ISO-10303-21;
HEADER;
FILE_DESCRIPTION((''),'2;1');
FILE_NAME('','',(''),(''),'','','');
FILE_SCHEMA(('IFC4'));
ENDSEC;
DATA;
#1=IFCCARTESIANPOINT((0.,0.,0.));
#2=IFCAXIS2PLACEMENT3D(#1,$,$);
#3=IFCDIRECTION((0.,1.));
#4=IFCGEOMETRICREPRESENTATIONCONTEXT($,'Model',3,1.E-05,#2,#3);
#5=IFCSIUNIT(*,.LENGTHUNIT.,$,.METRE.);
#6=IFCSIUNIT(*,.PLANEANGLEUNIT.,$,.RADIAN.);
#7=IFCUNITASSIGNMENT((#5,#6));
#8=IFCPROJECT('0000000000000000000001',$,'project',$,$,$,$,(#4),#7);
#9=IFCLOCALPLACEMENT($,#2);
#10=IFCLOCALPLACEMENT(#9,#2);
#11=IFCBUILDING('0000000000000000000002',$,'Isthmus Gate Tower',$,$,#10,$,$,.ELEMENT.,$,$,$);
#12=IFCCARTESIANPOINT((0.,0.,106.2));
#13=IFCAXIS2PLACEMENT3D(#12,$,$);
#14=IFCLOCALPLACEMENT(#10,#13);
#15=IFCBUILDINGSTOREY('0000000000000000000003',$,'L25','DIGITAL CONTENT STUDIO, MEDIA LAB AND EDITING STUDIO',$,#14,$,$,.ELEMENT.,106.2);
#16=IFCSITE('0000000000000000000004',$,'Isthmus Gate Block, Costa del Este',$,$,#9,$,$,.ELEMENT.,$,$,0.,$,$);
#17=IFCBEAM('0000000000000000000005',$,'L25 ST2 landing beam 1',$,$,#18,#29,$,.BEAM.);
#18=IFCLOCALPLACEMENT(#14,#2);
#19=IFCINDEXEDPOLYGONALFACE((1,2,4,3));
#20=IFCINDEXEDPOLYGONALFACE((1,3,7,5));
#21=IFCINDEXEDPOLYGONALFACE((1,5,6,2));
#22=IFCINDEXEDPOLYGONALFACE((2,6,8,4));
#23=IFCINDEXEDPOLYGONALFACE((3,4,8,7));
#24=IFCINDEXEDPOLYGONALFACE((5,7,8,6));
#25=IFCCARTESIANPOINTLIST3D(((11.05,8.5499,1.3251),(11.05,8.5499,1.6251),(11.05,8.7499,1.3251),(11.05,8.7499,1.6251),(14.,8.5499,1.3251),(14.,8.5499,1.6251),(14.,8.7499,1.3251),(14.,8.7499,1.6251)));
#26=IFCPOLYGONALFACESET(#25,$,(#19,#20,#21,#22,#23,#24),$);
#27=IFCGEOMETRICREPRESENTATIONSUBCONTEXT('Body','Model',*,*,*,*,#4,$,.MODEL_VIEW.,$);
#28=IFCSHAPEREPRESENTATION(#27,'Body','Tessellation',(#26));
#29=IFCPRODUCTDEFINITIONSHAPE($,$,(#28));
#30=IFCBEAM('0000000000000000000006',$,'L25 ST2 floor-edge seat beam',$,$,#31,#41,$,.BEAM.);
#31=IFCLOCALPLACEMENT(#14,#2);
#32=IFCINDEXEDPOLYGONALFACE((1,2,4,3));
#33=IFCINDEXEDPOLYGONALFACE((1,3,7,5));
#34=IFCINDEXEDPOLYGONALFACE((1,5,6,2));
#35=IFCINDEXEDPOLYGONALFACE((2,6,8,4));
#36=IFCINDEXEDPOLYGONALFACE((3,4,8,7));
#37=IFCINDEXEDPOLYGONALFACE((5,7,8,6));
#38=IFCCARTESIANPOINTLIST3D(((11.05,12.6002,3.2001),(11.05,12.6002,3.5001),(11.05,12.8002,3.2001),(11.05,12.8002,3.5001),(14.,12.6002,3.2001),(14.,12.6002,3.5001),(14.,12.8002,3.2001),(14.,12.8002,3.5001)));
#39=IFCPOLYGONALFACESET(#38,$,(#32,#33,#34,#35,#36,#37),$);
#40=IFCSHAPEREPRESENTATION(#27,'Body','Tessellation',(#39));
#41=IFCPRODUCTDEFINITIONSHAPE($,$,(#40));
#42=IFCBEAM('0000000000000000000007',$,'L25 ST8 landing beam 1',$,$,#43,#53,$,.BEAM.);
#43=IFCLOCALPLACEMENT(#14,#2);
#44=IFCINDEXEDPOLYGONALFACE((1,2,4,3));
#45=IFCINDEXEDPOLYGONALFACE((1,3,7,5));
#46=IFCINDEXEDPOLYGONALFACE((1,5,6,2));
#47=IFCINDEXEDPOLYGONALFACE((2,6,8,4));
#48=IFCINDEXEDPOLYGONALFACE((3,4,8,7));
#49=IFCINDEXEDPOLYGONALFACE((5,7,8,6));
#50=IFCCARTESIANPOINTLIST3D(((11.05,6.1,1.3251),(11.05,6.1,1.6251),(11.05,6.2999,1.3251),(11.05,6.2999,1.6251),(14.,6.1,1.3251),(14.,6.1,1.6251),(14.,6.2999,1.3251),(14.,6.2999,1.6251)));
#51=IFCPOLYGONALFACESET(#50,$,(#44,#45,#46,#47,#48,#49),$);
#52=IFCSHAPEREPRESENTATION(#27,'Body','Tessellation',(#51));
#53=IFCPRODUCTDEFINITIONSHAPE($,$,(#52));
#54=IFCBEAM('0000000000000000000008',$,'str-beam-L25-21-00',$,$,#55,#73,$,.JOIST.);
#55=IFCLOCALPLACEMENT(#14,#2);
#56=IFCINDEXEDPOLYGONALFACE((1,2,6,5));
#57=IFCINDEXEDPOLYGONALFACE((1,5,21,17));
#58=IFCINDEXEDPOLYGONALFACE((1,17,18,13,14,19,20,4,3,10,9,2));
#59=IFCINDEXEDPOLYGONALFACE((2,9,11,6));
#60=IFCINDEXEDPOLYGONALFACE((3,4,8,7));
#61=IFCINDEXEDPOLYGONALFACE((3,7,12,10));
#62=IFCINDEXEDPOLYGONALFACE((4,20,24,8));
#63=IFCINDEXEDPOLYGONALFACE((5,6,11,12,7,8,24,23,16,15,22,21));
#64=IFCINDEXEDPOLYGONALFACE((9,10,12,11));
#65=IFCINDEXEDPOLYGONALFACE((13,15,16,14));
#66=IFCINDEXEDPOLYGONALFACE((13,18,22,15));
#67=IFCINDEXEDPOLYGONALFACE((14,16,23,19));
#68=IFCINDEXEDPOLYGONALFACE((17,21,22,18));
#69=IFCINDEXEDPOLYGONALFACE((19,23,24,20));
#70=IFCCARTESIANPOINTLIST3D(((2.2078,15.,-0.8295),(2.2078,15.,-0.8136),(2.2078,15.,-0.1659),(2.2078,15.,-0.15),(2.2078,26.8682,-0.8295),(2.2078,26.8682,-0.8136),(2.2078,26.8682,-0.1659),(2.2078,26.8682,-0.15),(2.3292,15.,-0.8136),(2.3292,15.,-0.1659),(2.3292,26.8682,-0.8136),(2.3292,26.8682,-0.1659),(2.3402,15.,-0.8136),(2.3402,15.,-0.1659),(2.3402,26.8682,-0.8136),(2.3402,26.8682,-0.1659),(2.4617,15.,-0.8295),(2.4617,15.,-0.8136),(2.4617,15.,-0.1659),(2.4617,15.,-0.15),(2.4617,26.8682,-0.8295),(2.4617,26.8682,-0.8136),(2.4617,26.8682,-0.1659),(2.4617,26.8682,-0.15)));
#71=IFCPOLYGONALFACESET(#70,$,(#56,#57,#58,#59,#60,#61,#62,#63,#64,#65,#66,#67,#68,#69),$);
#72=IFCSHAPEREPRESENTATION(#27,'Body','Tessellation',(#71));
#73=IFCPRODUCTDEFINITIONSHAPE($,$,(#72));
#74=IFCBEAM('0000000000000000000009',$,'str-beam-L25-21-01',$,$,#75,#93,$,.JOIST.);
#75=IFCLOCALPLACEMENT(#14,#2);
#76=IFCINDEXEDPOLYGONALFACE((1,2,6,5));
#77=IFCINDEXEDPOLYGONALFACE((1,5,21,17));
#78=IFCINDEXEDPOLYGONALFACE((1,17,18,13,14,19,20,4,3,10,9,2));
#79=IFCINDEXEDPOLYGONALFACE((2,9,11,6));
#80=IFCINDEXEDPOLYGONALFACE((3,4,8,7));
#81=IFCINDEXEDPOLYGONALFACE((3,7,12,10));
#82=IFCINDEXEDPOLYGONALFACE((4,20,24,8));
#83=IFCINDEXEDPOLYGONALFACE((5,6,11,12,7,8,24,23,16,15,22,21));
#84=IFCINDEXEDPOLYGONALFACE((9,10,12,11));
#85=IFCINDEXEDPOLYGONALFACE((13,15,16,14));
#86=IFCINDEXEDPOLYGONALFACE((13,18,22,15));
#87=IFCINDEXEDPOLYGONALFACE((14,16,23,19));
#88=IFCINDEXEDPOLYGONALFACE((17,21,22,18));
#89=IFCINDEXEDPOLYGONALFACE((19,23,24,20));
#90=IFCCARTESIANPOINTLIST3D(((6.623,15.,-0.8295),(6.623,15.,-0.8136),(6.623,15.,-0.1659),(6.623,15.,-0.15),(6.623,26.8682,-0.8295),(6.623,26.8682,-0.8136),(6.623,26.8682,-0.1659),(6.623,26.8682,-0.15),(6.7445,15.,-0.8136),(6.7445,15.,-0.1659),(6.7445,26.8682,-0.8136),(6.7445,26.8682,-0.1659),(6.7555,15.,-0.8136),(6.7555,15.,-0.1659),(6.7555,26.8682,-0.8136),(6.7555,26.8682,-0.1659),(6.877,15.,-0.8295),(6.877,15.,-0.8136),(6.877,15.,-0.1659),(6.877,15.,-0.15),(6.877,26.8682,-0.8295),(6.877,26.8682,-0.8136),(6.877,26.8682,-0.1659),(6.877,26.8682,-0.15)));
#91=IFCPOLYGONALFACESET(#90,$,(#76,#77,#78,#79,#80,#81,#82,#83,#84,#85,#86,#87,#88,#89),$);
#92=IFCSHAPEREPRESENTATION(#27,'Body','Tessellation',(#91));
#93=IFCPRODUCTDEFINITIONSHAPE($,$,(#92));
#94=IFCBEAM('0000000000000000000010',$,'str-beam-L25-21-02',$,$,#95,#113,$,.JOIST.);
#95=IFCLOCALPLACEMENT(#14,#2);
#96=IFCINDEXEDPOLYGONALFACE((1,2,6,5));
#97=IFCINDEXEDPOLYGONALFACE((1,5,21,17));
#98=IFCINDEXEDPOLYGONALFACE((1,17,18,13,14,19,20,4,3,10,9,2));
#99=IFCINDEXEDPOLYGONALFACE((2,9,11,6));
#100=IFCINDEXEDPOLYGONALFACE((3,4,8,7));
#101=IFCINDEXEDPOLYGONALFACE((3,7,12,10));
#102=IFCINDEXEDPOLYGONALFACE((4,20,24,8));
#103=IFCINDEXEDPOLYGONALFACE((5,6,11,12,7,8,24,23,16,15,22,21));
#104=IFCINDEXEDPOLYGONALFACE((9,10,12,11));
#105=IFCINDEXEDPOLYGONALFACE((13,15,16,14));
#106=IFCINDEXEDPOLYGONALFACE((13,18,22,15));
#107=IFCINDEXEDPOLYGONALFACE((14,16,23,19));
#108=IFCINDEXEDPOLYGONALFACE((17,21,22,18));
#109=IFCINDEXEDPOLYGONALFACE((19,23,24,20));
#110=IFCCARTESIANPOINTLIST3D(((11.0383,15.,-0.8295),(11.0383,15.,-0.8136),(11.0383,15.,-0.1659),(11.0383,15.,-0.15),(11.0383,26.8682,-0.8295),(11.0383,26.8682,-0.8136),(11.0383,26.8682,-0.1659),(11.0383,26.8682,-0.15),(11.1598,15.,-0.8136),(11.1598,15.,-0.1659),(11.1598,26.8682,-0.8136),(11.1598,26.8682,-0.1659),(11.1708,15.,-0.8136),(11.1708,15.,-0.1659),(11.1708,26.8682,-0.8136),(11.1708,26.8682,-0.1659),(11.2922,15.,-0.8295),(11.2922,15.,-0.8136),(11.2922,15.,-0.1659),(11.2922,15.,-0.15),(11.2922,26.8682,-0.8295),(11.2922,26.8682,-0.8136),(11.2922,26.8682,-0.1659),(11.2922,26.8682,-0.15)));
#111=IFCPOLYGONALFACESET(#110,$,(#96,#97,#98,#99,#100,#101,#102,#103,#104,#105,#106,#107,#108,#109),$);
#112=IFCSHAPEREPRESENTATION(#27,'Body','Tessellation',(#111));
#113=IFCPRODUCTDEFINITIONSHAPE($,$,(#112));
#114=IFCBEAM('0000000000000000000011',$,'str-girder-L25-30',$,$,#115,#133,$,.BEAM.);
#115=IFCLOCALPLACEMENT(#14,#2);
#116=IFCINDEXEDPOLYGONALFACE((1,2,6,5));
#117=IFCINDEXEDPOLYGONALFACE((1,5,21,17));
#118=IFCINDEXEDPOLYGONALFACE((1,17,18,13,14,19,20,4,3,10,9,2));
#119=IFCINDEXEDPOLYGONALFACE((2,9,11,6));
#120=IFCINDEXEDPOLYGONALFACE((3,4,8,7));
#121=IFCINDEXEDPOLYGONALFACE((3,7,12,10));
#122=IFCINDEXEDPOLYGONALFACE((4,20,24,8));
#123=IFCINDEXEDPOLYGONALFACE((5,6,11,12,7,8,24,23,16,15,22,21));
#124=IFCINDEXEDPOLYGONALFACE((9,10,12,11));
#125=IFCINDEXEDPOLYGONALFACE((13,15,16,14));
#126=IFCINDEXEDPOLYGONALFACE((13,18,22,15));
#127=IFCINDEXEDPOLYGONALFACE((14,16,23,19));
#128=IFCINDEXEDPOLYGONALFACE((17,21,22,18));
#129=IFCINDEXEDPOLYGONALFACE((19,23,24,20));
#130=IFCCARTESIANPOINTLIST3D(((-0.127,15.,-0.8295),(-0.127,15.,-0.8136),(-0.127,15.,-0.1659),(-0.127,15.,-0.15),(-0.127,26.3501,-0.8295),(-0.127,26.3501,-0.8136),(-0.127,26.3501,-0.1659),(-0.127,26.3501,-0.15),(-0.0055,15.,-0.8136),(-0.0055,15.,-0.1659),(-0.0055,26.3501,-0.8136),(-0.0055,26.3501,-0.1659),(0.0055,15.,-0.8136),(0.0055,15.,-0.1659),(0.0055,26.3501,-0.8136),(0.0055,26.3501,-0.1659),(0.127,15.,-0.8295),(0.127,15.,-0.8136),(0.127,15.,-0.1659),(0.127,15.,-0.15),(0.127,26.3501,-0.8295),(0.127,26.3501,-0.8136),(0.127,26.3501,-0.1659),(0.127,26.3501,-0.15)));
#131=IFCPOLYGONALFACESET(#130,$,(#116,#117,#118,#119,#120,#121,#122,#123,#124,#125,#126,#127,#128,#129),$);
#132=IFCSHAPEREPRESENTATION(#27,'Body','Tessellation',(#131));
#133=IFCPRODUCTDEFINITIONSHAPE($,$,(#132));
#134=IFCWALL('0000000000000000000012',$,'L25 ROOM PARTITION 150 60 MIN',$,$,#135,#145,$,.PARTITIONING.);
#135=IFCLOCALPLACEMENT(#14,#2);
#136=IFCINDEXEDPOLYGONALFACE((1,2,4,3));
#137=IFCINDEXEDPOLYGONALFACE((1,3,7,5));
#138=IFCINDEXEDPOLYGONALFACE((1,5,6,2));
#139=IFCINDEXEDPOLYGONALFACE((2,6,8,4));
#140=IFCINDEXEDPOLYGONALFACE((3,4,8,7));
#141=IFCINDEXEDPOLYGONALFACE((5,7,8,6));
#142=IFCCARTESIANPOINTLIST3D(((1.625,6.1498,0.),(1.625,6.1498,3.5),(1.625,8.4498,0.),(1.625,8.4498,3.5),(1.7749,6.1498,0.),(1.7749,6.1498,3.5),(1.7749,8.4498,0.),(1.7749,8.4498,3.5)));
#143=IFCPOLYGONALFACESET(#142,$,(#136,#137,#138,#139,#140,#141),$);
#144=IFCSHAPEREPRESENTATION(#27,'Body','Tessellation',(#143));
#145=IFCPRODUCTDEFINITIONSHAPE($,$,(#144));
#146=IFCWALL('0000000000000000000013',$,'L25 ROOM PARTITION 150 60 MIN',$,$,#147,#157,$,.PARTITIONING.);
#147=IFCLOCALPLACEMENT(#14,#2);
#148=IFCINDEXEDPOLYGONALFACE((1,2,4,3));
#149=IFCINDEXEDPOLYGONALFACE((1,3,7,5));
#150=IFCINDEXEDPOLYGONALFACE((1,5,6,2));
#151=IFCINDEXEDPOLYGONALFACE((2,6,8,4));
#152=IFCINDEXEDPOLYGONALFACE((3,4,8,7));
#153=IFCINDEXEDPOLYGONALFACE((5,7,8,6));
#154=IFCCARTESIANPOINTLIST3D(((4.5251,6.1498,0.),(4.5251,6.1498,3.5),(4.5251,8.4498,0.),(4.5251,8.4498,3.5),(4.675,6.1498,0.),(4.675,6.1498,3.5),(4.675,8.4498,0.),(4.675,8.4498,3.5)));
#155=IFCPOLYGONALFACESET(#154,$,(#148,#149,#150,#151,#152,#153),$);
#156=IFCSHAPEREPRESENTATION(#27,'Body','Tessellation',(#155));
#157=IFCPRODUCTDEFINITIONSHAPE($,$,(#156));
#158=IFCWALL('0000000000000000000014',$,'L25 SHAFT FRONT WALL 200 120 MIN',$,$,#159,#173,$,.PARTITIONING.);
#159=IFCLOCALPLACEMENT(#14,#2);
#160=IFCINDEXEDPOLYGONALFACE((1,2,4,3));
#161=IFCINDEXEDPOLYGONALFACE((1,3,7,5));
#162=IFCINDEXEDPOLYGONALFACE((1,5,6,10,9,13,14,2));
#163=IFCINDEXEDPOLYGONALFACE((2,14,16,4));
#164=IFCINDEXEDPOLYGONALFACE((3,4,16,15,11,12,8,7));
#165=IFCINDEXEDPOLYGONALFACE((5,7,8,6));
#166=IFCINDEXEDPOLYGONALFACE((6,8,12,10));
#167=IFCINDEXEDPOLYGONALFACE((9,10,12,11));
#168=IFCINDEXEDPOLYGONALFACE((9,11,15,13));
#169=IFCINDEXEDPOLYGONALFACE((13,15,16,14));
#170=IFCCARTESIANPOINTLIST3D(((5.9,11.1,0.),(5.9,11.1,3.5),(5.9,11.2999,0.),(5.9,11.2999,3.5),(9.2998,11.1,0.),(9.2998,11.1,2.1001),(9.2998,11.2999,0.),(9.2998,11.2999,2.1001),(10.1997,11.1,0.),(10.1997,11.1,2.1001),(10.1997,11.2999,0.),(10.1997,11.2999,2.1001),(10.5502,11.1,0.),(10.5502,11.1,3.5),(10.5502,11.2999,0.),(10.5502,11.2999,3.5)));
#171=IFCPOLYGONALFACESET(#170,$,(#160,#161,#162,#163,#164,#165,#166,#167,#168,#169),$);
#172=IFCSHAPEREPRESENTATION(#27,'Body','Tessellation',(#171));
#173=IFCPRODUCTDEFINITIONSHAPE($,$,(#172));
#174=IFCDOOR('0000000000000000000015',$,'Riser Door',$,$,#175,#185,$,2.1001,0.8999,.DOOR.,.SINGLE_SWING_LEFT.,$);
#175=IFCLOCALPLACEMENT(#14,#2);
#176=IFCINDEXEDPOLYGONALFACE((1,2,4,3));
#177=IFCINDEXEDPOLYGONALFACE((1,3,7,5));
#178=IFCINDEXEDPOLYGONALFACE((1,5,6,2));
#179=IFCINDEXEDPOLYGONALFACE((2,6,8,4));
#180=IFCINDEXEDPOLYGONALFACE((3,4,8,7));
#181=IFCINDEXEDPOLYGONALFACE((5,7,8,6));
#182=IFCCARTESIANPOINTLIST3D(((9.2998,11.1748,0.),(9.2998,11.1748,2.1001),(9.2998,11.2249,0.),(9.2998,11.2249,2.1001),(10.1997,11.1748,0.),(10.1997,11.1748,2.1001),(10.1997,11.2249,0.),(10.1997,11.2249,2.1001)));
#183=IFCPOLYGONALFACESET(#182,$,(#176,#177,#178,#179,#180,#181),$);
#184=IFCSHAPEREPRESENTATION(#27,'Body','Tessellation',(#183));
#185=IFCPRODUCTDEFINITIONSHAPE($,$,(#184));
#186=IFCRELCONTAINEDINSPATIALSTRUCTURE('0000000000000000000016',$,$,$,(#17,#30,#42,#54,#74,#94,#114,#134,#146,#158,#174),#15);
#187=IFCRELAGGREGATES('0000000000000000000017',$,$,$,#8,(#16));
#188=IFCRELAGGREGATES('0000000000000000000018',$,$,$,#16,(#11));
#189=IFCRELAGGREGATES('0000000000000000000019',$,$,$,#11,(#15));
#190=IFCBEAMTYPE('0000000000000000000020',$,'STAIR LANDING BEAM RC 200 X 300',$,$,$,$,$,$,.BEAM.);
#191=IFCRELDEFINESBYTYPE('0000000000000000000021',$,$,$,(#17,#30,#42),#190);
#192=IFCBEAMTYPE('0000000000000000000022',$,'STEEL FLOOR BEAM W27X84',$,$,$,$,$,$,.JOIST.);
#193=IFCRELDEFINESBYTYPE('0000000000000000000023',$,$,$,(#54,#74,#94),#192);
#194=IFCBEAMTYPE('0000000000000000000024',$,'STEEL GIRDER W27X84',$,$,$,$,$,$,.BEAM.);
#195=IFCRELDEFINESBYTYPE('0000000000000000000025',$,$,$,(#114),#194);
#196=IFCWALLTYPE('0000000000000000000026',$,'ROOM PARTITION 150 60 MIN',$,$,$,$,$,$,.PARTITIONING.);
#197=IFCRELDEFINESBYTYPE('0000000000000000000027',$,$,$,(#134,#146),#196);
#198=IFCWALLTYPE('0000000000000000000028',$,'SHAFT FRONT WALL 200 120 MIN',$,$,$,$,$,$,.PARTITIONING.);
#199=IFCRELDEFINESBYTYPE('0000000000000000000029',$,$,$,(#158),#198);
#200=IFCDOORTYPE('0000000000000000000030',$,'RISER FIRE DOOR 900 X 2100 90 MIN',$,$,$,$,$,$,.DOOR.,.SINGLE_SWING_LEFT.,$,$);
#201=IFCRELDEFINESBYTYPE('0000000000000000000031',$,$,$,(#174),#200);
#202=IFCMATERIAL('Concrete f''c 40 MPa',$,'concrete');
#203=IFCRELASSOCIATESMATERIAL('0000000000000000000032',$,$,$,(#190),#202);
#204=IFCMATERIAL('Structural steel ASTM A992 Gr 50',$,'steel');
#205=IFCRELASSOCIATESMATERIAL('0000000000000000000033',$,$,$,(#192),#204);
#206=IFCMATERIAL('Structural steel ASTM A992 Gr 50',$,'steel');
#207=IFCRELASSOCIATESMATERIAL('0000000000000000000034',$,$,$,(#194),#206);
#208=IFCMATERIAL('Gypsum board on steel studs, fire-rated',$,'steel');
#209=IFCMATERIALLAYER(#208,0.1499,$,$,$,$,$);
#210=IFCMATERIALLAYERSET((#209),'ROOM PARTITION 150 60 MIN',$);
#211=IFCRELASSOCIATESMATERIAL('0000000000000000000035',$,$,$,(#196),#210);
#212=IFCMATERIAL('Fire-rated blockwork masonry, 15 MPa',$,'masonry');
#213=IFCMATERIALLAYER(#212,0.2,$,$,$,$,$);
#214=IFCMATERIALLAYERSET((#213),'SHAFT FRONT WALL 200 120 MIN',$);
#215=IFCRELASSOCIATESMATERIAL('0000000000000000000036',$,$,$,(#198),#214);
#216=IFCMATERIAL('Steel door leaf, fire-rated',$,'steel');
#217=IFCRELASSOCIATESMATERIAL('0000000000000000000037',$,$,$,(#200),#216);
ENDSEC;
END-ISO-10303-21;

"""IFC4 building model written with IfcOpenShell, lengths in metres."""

from ifc_helpers import new_model, si_unit, direction, frame, frame_2d, origin, origin_2d, place, context, subcontext, project, spatial, rectangle, i_section, extrude, material, layer, layer_set, material_profile, profile_set, type_object, element, fill, save


model = new_model("IFC4")

# Units and contexts
model_context = context("Model", 3, precision=1e-05, world=origin(), true_north=direction((0.0, 1.0)))
body_context = subcontext(model_context, "Body", "Model", "MODEL_VIEW")
ifc_project = project(units=[si_unit("LENGTHUNIT", "METRE"), si_unit("PLANEANGLEUNIT", "RADIAN")], contexts=[model_context])

# Site, building, storey
site_placement = place(None, origin())
site = spatial("IfcSite", under=ifc_project, at=site_placement, Name="Isthmus Gate Block, Costa del Este", CompositionType="ELEMENT", RefElevation=0.0)
building_placement = place(site_placement, origin())
building = spatial("IfcBuilding", under=site, at=building_placement, Name="Isthmus Gate Tower", CompositionType="ELEMENT")
storey_placement = place(building_placement, frame((0.0, 0.0, 106.2)))
storey = spatial("IfcBuildingStorey", under=building, at=storey_placement, Name="L25", Description="DIGITAL CONTENT STUDIO, MEDIA LAB AND EDITING STUDIO", CompositionType="ELEMENT", Elevation=106.2)

# Beams
ifc_material_1 = material(Name="Concrete f'c 40 MPa", Category="concrete")
ifc_material_profile_1 = material_profile(ifc_material_1, rectangle(XDim=0.2, YDim=0.3, at=origin_2d()), Name="STAIR LANDING BEAM RC 200 X 300")
ifc_profile_set_1 = profile_set([ifc_material_profile_1], Name="Concrete f'c 40 MPa")
beam_type_1 = type_object("IfcBeamType", Name="STAIR LANDING BEAM RC 200 X 300", PredefinedType="BEAM", material=ifc_profile_set_1)
for number, where, z_axis, x_axis, name in (
    (1, (11.05, 8.6499, 1.4751), (1.0, 0.0, 0.0), (0.0, 1.0, 0.0), "L25 ST2 landing beam 1"),
    (2, (11.05, 12.7002, 3.3501), (1.0, 0.0, 0.0), (0.0, 1.0, 0.0), "L25 ST2 floor-edge seat beam"),
    (3, (11.05, 6.2, 1.4751), (1.0, 0.0, 0.0), (0.0, 1.0, 0.0), "L25 ST8 landing beam 1"),
):
    element("IfcBeam", number, at=place(storey_placement, frame(where, z_axis=z_axis, x_axis=x_axis)), inside=storey, type_object=beam_type_1, Name=name, PredefinedType="BEAM", context=body_context, shape_type="SweptSolid", body=[
        extrude(rectangle(XDim=0.2, YDim=0.3, at=origin_2d()), origin(), (0.0, 0.0, 1.0), 2.95),
    ])
ifc_material_2 = material(Name="Structural steel ASTM A992 Gr 50", Category="steel")
ifc_material_profile_2 = material_profile(ifc_material_2, i_section(OverallWidth=0.2539, OverallDepth=0.6794, WebThickness=0.011, FlangeThickness=0.0159, at=origin_2d()), Name="W27X84")
ifc_profile_set_2 = profile_set([ifc_material_profile_2], Name="Structural steel ASTM A992 Gr 50")
beam_type_2 = type_object("IfcBeamType", Name="STEEL FLOOR BEAM W27X84", PredefinedType="JOIST", material=ifc_profile_set_2)
for number, where, z_axis, x_axis, name in (
    (4, (2.3347, 15.0, -0.4897), (0.0, 1.0, 0.0), (-1.0, 0.0, 0.0), "str-beam-L25-21-00"),
    (5, (6.75, 15.0, -0.4897), (0.0, 1.0, 0.0), (-1.0, 0.0, 0.0), "str-beam-L25-21-01"),
    (6, (11.1653, 15.0, -0.4897), (0.0, 1.0, 0.0), (-1.0, 0.0, 0.0), "str-beam-L25-21-02"),
):
    element("IfcBeam", number, at=place(storey_placement, frame(where, z_axis=z_axis, x_axis=x_axis)), inside=storey, type_object=beam_type_2, Name=name, PredefinedType="JOIST", context=body_context, shape_type="SweptSolid", body=[
        extrude(i_section(OverallWidth=0.2539, OverallDepth=0.6794, WebThickness=0.011, FlangeThickness=0.0159, at=origin_2d()), origin(), (0.0, 0.0, 1.0), 11.8682),
    ])
ifc_material_3 = material(Name="Structural steel ASTM A992 Gr 50", Category="steel")
ifc_material_profile_3 = material_profile(ifc_material_3, i_section(OverallWidth=0.2539, OverallDepth=0.6794, WebThickness=0.011, FlangeThickness=0.0159, at=origin_2d()), Name="W27X84")
ifc_profile_set_3 = profile_set([ifc_material_profile_3], Name="Structural steel ASTM A992 Gr 50")
beam_type_3 = type_object("IfcBeamType", Name="STEEL GIRDER W27X84", PredefinedType="BEAM", material=ifc_profile_set_3)
beam_placement = place(storey_placement, frame((0.0, 15.0, -0.4897), z_axis=(0.0, 1.0, 0.0), x_axis=(-1.0, 0.0, 0.0)))
element("IfcBeam", 7, at=beam_placement, inside=storey, type_object=beam_type_3, Name="str-girder-L25-30", PredefinedType="BEAM", context=body_context, shape_type="SweptSolid", body=[
    extrude(i_section(OverallWidth=0.2539, OverallDepth=0.6794, WebThickness=0.011, FlangeThickness=0.0159, at=origin_2d()), origin(), (0.0, 0.0, 1.0), 11.3501),
])

# Walls
ifc_material_4 = material(Name="Gypsum board on steel studs, fire-rated", Category="steel")
ifc_layer_1 = layer(ifc_material_4, 0.1499)
ifc_layer_set_1 = layer_set([ifc_layer_1], Name="ROOM PARTITION 150 60 MIN")
wall_type_1 = type_object("IfcWallType", Name="ROOM PARTITION 150 60 MIN", PredefinedType="PARTITIONING", material=ifc_layer_set_1)
for number, where, z_axis, x_axis, name in (
    (8, (1.7, 6.1499, 0.0), (0.0, 0.0, 1.0), (0.0, 1.0, 0.0), "L25 ROOM PARTITION 150 60 MIN"),
    (9, (4.6001, 6.1499, 0.0), (0.0, 0.0, 1.0), (0.0, 1.0, 0.0), "L25 ROOM PARTITION 150 60 MIN"),
):
    element("IfcWall", number, at=place(storey_placement, frame(where, z_axis=z_axis, x_axis=x_axis)), inside=storey, type_object=wall_type_1, Name=name, PredefinedType="PARTITIONING", context=body_context, shape_type="SweptSolid", body=[
        extrude(rectangle(XDim=2.3, YDim=0.1499, at=frame_2d((1.1499, 0.0))), origin(), (0.0, 0.0, 1.0), 3.5),
    ])

# Wall, opening, door
ifc_material_5 = material(Name="Fire-rated blockwork masonry, 15 MPa", Category="masonry")
ifc_layer_2 = layer(ifc_material_5, 0.2)
ifc_layer_set_2 = layer_set([ifc_layer_2], Name="SHAFT FRONT WALL 200 120 MIN")
wall_type_2 = type_object("IfcWallType", Name="SHAFT FRONT WALL 200 120 MIN", PredefinedType="PARTITIONING", material=ifc_layer_set_2)
wall_1_placement = place(storey_placement, frame((5.8999, 11.2, 0.0), z_axis=(0.0, 0.0, 1.0), x_axis=(1.0, 0.0, 0.0)))
wall_1 = element("IfcWall", 10, at=wall_1_placement, inside=storey, type_object=wall_type_2, Name="L25 SHAFT FRONT WALL 200 120 MIN", PredefinedType="PARTITIONING", context=body_context, shape_type="SweptSolid", body=[
    extrude(rectangle(XDim=4.6501, YDim=0.2, at=frame_2d((2.3252, 0.0))), origin(), (0.0, 0.0, 1.0), 3.5),
])
opening_placement = place(wall_1_placement, frame((3.3999, 0.0, 0.0)))
opening = element("IfcOpeningElement", 11, at=opening_placement, cuts=wall_1, PredefinedType="OPENING", context=body_context, shape_type="SweptSolid", body=[
    extrude(rectangle(XDim=0.8999, YDim=2.1001, at=frame_2d((0.45, 1.05))), frame((0.0, 0.1099, 0.0), z_axis=(0.0, -1.0, 0.0), x_axis=(1.0, 0.0, 0.0)), (0.0, 0.0, 1.0), 0.22),
])
ifc_material_6 = material(Name="Steel door leaf, fire-rated", Category="steel")
door_type = type_object("IfcDoorType", Name="RISER FIRE DOOR 900 X 2100 90 MIN", OperationType="SINGLE_SWING_LEFT", PredefinedType="DOOR", material=ifc_material_6)
door_placement = place(opening_placement, origin())
door = element("IfcDoor", 12, at=door_placement, inside=storey, type_object=door_type, Name="Riser Door", OperationType="SINGLE_SWING_LEFT", OverallHeight=2.1001, OverallWidth=0.8999, PredefinedType="DOOR", context=body_context, shape_type="SweptSolid", body=[
    extrude(rectangle(XDim=0.8999, YDim=2.1001, at=frame_2d((0.45, 1.05))), frame((0.0, 0.0249, 0.0), z_axis=(0.0, -1.0, 0.0), x_axis=(1.0, 0.0, 0.0)), (0.0, 0.0, 1.0), 0.05),
])
fill(opening, door)

save(model, "model.ifc")
